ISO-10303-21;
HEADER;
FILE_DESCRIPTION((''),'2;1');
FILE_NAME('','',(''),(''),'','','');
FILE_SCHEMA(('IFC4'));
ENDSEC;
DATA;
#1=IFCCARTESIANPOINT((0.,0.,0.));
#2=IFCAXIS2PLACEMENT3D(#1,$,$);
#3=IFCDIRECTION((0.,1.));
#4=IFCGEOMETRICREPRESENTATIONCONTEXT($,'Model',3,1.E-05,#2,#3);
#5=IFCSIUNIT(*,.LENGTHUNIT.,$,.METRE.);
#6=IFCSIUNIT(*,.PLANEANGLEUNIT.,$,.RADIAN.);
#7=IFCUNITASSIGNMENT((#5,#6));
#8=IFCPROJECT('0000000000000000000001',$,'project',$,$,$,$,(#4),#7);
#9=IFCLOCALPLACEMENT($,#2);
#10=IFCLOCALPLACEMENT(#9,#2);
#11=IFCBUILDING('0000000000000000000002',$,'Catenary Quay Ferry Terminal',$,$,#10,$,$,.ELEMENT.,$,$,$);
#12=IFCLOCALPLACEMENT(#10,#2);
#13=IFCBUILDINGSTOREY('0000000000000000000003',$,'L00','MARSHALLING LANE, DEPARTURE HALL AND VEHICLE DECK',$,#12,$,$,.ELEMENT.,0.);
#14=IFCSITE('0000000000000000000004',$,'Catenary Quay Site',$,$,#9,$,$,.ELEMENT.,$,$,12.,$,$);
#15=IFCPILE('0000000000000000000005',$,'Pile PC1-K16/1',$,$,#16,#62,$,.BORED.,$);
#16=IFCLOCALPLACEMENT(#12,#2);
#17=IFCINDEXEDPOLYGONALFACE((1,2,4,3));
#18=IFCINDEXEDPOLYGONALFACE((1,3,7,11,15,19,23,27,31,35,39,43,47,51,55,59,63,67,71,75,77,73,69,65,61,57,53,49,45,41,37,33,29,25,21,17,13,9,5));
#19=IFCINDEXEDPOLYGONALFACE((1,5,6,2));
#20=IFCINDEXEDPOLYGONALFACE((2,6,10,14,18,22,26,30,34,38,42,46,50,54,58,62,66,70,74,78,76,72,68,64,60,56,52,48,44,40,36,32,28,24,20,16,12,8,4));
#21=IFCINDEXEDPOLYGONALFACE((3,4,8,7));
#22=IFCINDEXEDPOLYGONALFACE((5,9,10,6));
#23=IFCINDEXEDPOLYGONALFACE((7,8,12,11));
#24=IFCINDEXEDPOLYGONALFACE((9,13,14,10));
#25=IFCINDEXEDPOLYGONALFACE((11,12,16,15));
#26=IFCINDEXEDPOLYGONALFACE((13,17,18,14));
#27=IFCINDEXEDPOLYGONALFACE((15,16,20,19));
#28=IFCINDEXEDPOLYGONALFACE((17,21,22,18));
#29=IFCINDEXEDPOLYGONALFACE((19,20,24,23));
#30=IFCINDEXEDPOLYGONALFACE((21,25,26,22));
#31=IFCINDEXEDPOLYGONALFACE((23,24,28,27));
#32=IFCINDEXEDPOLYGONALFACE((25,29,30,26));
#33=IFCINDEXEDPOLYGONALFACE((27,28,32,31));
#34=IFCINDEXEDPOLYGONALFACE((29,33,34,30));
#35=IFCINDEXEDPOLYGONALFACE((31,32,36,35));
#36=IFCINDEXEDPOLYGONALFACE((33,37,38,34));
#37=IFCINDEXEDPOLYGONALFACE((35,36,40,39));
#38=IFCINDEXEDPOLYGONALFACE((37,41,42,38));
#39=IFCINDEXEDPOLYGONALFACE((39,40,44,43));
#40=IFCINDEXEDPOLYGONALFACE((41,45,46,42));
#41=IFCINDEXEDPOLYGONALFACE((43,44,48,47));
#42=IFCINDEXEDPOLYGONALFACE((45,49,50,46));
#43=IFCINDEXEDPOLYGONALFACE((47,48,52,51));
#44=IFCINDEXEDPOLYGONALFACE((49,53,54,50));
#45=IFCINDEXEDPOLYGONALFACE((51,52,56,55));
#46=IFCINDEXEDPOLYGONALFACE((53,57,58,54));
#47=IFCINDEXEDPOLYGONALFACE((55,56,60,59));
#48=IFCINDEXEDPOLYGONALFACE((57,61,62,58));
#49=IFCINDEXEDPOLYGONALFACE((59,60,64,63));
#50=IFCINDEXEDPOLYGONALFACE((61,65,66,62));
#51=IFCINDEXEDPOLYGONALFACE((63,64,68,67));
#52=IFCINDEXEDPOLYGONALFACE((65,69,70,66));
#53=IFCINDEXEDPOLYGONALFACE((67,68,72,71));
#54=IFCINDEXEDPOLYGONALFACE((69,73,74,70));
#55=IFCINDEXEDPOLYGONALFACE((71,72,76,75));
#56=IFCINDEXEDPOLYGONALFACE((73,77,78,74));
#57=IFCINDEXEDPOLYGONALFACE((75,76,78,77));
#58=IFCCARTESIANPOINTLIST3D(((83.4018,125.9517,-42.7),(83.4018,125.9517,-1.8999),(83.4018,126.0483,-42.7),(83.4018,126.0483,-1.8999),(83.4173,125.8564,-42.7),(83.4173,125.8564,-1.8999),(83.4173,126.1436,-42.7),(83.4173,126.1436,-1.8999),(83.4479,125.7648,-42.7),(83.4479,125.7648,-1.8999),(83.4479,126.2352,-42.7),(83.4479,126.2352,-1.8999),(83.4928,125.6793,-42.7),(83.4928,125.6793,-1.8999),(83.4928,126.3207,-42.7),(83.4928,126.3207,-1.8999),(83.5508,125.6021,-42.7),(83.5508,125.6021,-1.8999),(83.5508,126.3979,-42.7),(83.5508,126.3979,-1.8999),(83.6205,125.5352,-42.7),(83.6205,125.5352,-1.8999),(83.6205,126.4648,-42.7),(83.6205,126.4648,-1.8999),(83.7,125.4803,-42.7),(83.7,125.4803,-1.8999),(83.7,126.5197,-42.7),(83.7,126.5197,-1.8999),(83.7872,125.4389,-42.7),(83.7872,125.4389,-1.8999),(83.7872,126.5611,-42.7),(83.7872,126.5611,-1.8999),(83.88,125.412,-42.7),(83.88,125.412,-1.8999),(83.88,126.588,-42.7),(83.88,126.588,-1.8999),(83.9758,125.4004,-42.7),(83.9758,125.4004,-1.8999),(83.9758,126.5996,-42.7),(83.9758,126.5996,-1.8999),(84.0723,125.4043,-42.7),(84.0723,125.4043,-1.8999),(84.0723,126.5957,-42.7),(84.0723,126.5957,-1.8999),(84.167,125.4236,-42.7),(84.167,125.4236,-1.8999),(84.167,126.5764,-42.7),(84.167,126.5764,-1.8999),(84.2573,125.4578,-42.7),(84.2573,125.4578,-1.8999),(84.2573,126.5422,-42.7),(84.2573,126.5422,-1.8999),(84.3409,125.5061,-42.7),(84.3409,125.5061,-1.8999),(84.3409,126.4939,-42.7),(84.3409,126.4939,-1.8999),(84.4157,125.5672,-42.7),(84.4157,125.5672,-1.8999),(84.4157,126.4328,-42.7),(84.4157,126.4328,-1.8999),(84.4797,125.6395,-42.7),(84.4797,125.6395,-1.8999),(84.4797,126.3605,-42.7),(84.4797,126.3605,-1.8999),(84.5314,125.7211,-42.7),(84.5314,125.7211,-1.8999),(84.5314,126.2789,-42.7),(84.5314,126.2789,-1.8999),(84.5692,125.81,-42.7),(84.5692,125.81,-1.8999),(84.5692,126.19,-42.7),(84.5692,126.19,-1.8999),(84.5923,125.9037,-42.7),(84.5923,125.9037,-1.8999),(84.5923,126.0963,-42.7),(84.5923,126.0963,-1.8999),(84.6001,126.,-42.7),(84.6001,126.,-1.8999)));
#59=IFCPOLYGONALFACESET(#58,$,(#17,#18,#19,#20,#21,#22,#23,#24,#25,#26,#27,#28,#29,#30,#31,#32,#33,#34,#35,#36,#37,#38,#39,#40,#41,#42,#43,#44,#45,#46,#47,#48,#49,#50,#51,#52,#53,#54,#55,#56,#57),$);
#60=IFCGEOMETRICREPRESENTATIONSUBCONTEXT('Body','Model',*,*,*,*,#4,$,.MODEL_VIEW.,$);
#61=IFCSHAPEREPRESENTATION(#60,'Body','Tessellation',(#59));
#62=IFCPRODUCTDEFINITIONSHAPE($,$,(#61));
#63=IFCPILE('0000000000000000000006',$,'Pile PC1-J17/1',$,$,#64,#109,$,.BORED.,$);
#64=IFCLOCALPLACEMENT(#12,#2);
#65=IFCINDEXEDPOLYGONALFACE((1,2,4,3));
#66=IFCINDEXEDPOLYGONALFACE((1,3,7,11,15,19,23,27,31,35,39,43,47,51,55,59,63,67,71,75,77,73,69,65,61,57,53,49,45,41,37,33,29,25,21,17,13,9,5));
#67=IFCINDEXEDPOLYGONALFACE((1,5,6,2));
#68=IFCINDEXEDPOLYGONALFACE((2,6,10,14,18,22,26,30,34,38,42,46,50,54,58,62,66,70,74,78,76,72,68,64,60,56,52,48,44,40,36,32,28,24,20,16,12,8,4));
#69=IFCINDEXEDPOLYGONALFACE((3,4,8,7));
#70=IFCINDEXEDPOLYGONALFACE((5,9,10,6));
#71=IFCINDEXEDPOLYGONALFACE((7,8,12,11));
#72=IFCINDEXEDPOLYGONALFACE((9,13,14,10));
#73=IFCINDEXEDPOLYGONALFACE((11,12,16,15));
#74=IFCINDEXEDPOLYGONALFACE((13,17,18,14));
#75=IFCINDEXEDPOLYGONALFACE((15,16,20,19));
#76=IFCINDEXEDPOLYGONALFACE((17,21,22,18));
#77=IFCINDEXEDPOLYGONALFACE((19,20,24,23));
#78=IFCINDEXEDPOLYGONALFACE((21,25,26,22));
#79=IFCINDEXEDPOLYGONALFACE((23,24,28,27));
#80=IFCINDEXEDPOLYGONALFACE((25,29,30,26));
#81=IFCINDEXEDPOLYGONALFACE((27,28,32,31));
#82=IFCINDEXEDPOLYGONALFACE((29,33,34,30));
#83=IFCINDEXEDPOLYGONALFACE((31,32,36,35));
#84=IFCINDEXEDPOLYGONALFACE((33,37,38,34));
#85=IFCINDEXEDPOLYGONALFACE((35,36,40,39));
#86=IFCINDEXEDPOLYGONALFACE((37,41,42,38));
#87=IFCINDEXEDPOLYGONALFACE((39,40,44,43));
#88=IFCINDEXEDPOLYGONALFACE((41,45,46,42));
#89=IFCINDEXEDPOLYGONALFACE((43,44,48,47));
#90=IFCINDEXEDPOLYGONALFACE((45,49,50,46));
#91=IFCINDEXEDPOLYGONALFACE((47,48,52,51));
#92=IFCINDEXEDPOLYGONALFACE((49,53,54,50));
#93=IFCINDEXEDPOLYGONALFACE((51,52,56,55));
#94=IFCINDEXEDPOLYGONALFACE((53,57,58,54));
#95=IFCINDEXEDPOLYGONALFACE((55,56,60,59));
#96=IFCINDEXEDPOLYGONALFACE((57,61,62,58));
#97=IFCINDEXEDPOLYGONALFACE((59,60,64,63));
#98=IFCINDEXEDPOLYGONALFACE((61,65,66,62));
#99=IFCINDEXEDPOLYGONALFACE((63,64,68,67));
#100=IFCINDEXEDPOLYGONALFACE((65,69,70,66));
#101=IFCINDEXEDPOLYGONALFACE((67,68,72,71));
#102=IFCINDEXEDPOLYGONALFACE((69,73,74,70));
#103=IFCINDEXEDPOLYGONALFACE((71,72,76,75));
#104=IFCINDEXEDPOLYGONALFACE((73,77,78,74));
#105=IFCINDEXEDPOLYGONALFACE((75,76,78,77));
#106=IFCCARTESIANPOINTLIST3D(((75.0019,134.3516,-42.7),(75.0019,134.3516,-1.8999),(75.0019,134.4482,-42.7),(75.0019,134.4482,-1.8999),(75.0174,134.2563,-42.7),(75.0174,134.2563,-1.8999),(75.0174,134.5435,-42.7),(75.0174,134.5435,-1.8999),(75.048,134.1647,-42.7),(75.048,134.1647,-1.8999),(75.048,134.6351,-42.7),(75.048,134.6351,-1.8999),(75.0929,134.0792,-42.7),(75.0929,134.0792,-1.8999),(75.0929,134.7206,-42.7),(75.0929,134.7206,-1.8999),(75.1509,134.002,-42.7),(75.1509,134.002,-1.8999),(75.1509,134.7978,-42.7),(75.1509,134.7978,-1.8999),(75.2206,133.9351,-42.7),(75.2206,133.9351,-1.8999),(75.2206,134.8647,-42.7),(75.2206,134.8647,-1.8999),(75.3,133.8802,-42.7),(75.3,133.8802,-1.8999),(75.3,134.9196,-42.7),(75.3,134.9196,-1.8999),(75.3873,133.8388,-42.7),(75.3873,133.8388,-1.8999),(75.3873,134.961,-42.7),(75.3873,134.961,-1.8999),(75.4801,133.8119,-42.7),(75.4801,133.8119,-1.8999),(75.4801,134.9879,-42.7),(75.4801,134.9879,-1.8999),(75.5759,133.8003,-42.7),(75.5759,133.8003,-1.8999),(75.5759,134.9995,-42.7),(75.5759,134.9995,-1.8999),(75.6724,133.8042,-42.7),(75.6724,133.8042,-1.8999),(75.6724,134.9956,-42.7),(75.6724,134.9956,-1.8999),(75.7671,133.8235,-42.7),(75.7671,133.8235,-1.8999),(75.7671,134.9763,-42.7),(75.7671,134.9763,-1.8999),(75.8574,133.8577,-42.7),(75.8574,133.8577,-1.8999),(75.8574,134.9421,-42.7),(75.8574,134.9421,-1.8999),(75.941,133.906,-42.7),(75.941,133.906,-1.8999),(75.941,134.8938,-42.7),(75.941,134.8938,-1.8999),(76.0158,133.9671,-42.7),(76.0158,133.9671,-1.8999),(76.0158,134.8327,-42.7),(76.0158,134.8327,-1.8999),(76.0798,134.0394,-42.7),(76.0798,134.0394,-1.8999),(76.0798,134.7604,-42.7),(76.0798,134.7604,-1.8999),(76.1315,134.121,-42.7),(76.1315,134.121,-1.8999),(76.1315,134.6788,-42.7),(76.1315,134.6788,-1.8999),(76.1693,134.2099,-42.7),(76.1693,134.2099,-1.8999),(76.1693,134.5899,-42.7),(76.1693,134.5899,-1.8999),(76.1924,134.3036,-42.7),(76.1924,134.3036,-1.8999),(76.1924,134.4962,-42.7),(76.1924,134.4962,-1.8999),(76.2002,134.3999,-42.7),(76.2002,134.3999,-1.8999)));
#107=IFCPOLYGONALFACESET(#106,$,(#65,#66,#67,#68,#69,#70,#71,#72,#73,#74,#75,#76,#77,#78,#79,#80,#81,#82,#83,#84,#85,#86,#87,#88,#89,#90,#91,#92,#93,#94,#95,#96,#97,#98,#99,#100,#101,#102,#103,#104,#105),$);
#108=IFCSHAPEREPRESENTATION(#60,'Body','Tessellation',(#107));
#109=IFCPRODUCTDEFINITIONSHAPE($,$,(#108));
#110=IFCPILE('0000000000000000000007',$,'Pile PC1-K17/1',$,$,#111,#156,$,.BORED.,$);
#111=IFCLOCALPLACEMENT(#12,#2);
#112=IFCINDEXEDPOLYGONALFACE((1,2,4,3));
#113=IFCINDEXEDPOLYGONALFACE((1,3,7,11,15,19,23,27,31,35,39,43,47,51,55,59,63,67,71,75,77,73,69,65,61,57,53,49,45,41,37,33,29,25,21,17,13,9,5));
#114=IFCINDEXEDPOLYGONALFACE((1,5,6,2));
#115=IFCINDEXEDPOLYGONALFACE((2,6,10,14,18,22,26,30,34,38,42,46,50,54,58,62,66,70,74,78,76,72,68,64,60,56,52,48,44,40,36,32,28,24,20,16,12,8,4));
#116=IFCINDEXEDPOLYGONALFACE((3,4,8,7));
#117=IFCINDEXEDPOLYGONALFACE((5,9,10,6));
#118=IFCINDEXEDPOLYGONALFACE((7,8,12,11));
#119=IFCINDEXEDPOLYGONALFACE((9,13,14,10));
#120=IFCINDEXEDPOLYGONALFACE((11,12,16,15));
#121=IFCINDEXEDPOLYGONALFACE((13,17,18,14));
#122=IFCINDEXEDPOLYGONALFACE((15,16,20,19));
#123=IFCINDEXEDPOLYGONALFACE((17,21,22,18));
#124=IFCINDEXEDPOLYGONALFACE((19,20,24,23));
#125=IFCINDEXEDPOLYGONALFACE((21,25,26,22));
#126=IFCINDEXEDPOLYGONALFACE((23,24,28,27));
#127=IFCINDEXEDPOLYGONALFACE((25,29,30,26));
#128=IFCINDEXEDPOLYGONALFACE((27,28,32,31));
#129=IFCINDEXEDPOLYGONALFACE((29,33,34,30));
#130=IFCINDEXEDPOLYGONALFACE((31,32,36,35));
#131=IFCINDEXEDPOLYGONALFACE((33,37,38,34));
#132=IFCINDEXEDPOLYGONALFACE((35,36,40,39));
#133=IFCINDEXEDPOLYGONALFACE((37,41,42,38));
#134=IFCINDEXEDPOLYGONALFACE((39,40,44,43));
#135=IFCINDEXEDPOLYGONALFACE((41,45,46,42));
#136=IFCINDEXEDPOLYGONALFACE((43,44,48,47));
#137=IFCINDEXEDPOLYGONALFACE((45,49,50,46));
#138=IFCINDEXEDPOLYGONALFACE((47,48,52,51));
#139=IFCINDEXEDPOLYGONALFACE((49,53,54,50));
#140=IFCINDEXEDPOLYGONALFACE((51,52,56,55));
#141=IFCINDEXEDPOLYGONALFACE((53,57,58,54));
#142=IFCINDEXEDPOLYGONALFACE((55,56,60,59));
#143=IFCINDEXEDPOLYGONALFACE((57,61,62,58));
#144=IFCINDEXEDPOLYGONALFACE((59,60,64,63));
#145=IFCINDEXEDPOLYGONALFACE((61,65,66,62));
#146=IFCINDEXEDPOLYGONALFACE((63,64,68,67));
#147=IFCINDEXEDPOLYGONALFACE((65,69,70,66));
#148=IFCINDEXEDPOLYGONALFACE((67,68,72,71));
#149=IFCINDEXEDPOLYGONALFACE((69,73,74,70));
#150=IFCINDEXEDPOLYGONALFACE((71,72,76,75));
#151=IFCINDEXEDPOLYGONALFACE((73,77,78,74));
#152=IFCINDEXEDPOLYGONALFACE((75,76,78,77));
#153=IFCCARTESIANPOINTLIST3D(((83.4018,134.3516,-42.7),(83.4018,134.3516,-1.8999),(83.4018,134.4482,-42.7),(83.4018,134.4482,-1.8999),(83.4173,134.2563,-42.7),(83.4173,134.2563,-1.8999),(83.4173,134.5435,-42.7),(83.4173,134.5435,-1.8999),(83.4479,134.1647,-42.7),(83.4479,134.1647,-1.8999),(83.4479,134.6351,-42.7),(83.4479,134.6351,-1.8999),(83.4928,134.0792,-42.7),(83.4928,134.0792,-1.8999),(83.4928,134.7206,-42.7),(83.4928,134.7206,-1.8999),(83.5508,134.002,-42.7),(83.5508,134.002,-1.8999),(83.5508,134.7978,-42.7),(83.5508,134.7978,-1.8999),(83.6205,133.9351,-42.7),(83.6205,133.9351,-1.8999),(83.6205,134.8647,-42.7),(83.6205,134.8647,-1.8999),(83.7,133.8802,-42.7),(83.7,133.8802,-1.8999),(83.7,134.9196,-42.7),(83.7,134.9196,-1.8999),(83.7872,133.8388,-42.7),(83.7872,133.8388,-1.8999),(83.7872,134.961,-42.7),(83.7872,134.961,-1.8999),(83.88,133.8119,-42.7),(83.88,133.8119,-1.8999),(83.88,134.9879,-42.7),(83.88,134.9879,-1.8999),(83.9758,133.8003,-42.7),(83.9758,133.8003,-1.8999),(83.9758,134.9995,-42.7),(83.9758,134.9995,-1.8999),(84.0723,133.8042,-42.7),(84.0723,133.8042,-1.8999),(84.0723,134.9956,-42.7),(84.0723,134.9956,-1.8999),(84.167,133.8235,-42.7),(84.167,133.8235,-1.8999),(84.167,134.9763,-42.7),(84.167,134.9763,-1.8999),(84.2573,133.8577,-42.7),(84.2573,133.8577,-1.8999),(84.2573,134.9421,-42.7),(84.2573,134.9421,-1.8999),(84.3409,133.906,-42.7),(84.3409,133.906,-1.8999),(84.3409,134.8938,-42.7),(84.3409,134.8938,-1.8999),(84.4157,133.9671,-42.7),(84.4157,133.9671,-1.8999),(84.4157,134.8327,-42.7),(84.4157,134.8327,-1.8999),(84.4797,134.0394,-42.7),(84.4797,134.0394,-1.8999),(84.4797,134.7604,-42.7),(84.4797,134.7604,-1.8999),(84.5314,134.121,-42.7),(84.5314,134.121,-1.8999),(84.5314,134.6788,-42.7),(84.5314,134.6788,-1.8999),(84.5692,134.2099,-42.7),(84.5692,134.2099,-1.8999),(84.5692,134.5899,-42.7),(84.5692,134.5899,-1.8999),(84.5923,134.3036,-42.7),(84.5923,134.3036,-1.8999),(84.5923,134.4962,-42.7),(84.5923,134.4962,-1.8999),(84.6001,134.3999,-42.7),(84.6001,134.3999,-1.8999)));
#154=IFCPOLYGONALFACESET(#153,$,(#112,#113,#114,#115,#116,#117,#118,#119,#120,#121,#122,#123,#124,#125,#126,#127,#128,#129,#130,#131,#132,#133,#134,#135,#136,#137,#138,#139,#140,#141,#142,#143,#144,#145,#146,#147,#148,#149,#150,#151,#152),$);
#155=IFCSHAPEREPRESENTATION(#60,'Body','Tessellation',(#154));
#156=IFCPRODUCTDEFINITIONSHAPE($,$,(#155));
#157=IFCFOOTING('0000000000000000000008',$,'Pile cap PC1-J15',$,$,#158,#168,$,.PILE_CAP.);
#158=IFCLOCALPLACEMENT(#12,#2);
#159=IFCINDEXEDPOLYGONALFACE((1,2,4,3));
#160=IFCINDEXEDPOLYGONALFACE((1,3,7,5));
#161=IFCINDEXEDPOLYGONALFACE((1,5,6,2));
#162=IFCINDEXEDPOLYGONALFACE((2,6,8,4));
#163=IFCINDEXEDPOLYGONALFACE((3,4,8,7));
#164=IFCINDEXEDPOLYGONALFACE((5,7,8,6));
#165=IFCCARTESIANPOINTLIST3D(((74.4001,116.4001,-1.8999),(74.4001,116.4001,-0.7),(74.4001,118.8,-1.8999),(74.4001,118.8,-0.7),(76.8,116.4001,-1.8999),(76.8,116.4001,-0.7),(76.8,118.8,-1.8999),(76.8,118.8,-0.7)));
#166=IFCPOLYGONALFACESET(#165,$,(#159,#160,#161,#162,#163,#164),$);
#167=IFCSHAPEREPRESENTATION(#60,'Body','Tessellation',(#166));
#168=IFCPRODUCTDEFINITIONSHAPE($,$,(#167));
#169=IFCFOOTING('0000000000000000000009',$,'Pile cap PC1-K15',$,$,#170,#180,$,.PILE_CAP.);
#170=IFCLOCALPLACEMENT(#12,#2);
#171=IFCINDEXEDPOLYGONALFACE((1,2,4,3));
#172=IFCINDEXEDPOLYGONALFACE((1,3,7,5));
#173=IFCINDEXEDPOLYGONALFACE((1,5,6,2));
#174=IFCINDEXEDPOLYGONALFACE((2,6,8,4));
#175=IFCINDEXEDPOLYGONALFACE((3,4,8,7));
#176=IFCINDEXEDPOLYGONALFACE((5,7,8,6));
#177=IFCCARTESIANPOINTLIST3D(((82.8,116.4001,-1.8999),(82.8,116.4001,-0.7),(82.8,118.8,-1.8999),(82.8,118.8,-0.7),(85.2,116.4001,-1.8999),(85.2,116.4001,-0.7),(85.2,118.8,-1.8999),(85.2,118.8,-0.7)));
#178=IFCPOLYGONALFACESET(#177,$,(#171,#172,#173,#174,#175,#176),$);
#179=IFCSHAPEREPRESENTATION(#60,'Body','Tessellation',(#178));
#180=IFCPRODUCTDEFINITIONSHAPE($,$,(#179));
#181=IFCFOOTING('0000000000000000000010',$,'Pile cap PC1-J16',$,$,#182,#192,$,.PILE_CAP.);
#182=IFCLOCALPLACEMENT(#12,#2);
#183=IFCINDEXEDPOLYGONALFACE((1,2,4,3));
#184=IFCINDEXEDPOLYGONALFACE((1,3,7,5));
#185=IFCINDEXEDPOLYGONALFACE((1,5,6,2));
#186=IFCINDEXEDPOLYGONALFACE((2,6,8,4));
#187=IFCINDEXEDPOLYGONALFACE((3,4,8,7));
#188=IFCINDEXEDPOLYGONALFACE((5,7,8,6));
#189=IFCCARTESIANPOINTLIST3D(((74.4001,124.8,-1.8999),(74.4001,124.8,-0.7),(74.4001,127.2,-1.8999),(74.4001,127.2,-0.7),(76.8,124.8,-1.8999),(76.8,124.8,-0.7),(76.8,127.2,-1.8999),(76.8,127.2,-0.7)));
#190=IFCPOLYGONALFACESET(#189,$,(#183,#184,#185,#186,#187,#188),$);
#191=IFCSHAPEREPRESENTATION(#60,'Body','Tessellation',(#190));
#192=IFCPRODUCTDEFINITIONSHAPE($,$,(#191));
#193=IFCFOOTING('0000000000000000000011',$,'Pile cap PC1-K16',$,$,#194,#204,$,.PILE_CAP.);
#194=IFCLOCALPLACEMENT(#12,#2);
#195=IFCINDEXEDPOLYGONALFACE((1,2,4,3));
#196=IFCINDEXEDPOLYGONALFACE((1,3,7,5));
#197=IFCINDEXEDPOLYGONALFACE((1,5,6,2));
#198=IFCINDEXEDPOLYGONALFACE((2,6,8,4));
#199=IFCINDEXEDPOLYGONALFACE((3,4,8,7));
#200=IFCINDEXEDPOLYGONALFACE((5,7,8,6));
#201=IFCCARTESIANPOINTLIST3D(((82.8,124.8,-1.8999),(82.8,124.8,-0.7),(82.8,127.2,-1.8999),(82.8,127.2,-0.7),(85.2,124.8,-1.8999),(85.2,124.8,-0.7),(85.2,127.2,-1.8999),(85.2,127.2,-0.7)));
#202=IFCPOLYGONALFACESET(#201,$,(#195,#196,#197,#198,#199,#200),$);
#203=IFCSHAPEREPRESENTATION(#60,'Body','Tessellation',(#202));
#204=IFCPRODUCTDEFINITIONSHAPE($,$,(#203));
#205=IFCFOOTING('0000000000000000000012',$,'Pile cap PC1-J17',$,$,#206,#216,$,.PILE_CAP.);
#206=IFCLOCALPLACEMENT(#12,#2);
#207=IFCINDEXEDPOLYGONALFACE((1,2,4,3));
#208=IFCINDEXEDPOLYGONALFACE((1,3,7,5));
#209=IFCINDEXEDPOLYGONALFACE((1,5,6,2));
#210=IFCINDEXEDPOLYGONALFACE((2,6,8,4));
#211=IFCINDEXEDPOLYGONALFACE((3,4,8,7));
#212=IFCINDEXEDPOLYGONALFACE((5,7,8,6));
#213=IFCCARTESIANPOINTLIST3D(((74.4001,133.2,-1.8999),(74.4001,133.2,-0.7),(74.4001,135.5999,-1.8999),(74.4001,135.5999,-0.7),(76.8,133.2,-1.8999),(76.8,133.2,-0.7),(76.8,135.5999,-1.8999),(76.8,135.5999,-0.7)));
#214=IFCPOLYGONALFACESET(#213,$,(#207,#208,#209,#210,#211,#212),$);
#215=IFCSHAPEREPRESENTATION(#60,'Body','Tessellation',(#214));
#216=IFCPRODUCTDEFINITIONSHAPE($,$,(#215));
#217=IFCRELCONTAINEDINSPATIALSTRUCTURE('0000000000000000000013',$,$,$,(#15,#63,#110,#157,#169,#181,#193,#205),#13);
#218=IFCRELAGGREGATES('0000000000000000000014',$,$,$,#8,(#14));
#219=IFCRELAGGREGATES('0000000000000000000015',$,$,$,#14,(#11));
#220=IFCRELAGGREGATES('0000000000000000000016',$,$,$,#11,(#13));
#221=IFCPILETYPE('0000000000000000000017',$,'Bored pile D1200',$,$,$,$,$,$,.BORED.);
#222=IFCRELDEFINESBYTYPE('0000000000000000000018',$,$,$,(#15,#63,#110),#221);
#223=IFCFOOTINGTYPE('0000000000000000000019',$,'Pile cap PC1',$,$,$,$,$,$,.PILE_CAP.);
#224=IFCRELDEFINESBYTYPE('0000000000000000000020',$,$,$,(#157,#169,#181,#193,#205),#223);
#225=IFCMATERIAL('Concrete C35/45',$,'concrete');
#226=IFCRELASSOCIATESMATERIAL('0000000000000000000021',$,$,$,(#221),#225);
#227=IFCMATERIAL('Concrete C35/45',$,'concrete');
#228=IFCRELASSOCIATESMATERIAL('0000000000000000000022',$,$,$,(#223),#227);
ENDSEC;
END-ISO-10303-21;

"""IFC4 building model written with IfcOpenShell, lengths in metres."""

from ifc_helpers import new_model, si_unit, direction, frame, origin, origin_2d, place, context, subcontext, project, spatial, rectangle, circle, extrude, material, material_profile, profile_set, type_object, element, save


model = new_model("IFC4")

# Units and contexts
model_context = context("Model", 3, precision=1e-05, world=origin(), true_north=direction((0.0, 1.0)))
body_context = subcontext(model_context, "Body", "Model", "MODEL_VIEW")
ifc_project = project(units=[si_unit("LENGTHUNIT", "METRE"), si_unit("PLANEANGLEUNIT", "RADIAN")], contexts=[model_context])

# Site, building, storey
site_placement = place(None, origin())
site = spatial("IfcSite", under=ifc_project, at=site_placement, Name="Catenary Quay Site", CompositionType="ELEMENT", RefElevation=12.0)
building_placement = place(site_placement, origin())
building = spatial("IfcBuilding", under=site, at=building_placement, Name="Catenary Quay Ferry Terminal", CompositionType="ELEMENT")
storey_placement = place(building_placement, origin())
storey = spatial("IfcBuildingStorey", under=building, at=storey_placement, Name="L00", Description="MARSHALLING LANE, DEPARTURE HALL AND VEHICLE DECK", CompositionType="ELEMENT", Elevation=0.0)

# Piles
ifc_material_1 = material(Name="Concrete C35/45", Category="concrete")
ifc_material_profile_1 = material_profile(ifc_material_1, circle(Radius=0.6001, at=origin_2d()), Name="D1200")
ifc_profile_set_1 = profile_set([ifc_material_profile_1], Name="Concrete C35/45")
pile_type = type_object("IfcPileType", Name="Bored pile D1200", PredefinedType="BORED", material=ifc_profile_set_1)
for number, where, z_axis, x_axis, name in (
    (1, (84.0, 126.0, -1.8999), (0.0, 0.0, -1.0), (1.0, 0.0, 0.0), "Pile PC1-K16/1"),
    (2, (75.6001, 134.3999, -1.8999), (0.0, 0.0, -1.0), (1.0, 0.0, 0.0), "Pile PC1-J17/1"),
    (3, (84.0, 134.3999, -1.8999), (0.0, 0.0, -1.0), (1.0, 0.0, 0.0), "Pile PC1-K17/1"),
):
    element("IfcPile", number, at=place(storey_placement, frame(where, z_axis=z_axis, x_axis=x_axis)), inside=storey, type_object=pile_type, Name=name, PredefinedType="BORED", context=body_context, shape_type="SweptSolid", body=[
        extrude(circle(Radius=0.6001, at=origin_2d()), origin(), (0.0, 0.0, 1.0), 40.8),
    ])

# Footings
ifc_material_2 = material(Name="Concrete C35/45", Category="concrete")
footing_type_1 = type_object("IfcFootingType", Name="Pile cap PC1", PredefinedType="PILE_CAP", material=ifc_material_2)
for number, where, z_axis, x_axis, name in (
    (4, (75.6001, 117.6001, -1.8999), (0.0, 0.0, 1.0), (1.0, 0.0, 0.0), "Pile cap PC1-J15"),
    (5, (84.0, 117.6001, -1.8999), (0.0, 0.0, 1.0), (1.0, 0.0, 0.0), "Pile cap PC1-K15"),
    (6, (75.6001, 126.0, -1.8999), (0.0, 0.0, 1.0), (1.0, 0.0, 0.0), "Pile cap PC1-J16"),
    (7, (84.0, 126.0, -1.8999), (0.0, 0.0, 1.0), (1.0, 0.0, 0.0), "Pile cap PC1-K16"),
    (8, (75.6001, 134.3999, -1.8999), (0.0, 0.0, 1.0), (1.0, 0.0, 0.0), "Pile cap PC1-J17"),
):
    element("IfcFooting", number, at=place(storey_placement, frame(where, z_axis=z_axis, x_axis=x_axis)), inside=storey, type_object=footing_type_1, Name=name, PredefinedType="PILE_CAP", context=body_context, shape_type="SweptSolid", body=[
        extrude(rectangle(XDim=2.3999, YDim=2.3999, at=origin_2d()), origin(), (0.0, 0.0, 1.0), 1.2),
    ])

save(model, "model.ifc")
